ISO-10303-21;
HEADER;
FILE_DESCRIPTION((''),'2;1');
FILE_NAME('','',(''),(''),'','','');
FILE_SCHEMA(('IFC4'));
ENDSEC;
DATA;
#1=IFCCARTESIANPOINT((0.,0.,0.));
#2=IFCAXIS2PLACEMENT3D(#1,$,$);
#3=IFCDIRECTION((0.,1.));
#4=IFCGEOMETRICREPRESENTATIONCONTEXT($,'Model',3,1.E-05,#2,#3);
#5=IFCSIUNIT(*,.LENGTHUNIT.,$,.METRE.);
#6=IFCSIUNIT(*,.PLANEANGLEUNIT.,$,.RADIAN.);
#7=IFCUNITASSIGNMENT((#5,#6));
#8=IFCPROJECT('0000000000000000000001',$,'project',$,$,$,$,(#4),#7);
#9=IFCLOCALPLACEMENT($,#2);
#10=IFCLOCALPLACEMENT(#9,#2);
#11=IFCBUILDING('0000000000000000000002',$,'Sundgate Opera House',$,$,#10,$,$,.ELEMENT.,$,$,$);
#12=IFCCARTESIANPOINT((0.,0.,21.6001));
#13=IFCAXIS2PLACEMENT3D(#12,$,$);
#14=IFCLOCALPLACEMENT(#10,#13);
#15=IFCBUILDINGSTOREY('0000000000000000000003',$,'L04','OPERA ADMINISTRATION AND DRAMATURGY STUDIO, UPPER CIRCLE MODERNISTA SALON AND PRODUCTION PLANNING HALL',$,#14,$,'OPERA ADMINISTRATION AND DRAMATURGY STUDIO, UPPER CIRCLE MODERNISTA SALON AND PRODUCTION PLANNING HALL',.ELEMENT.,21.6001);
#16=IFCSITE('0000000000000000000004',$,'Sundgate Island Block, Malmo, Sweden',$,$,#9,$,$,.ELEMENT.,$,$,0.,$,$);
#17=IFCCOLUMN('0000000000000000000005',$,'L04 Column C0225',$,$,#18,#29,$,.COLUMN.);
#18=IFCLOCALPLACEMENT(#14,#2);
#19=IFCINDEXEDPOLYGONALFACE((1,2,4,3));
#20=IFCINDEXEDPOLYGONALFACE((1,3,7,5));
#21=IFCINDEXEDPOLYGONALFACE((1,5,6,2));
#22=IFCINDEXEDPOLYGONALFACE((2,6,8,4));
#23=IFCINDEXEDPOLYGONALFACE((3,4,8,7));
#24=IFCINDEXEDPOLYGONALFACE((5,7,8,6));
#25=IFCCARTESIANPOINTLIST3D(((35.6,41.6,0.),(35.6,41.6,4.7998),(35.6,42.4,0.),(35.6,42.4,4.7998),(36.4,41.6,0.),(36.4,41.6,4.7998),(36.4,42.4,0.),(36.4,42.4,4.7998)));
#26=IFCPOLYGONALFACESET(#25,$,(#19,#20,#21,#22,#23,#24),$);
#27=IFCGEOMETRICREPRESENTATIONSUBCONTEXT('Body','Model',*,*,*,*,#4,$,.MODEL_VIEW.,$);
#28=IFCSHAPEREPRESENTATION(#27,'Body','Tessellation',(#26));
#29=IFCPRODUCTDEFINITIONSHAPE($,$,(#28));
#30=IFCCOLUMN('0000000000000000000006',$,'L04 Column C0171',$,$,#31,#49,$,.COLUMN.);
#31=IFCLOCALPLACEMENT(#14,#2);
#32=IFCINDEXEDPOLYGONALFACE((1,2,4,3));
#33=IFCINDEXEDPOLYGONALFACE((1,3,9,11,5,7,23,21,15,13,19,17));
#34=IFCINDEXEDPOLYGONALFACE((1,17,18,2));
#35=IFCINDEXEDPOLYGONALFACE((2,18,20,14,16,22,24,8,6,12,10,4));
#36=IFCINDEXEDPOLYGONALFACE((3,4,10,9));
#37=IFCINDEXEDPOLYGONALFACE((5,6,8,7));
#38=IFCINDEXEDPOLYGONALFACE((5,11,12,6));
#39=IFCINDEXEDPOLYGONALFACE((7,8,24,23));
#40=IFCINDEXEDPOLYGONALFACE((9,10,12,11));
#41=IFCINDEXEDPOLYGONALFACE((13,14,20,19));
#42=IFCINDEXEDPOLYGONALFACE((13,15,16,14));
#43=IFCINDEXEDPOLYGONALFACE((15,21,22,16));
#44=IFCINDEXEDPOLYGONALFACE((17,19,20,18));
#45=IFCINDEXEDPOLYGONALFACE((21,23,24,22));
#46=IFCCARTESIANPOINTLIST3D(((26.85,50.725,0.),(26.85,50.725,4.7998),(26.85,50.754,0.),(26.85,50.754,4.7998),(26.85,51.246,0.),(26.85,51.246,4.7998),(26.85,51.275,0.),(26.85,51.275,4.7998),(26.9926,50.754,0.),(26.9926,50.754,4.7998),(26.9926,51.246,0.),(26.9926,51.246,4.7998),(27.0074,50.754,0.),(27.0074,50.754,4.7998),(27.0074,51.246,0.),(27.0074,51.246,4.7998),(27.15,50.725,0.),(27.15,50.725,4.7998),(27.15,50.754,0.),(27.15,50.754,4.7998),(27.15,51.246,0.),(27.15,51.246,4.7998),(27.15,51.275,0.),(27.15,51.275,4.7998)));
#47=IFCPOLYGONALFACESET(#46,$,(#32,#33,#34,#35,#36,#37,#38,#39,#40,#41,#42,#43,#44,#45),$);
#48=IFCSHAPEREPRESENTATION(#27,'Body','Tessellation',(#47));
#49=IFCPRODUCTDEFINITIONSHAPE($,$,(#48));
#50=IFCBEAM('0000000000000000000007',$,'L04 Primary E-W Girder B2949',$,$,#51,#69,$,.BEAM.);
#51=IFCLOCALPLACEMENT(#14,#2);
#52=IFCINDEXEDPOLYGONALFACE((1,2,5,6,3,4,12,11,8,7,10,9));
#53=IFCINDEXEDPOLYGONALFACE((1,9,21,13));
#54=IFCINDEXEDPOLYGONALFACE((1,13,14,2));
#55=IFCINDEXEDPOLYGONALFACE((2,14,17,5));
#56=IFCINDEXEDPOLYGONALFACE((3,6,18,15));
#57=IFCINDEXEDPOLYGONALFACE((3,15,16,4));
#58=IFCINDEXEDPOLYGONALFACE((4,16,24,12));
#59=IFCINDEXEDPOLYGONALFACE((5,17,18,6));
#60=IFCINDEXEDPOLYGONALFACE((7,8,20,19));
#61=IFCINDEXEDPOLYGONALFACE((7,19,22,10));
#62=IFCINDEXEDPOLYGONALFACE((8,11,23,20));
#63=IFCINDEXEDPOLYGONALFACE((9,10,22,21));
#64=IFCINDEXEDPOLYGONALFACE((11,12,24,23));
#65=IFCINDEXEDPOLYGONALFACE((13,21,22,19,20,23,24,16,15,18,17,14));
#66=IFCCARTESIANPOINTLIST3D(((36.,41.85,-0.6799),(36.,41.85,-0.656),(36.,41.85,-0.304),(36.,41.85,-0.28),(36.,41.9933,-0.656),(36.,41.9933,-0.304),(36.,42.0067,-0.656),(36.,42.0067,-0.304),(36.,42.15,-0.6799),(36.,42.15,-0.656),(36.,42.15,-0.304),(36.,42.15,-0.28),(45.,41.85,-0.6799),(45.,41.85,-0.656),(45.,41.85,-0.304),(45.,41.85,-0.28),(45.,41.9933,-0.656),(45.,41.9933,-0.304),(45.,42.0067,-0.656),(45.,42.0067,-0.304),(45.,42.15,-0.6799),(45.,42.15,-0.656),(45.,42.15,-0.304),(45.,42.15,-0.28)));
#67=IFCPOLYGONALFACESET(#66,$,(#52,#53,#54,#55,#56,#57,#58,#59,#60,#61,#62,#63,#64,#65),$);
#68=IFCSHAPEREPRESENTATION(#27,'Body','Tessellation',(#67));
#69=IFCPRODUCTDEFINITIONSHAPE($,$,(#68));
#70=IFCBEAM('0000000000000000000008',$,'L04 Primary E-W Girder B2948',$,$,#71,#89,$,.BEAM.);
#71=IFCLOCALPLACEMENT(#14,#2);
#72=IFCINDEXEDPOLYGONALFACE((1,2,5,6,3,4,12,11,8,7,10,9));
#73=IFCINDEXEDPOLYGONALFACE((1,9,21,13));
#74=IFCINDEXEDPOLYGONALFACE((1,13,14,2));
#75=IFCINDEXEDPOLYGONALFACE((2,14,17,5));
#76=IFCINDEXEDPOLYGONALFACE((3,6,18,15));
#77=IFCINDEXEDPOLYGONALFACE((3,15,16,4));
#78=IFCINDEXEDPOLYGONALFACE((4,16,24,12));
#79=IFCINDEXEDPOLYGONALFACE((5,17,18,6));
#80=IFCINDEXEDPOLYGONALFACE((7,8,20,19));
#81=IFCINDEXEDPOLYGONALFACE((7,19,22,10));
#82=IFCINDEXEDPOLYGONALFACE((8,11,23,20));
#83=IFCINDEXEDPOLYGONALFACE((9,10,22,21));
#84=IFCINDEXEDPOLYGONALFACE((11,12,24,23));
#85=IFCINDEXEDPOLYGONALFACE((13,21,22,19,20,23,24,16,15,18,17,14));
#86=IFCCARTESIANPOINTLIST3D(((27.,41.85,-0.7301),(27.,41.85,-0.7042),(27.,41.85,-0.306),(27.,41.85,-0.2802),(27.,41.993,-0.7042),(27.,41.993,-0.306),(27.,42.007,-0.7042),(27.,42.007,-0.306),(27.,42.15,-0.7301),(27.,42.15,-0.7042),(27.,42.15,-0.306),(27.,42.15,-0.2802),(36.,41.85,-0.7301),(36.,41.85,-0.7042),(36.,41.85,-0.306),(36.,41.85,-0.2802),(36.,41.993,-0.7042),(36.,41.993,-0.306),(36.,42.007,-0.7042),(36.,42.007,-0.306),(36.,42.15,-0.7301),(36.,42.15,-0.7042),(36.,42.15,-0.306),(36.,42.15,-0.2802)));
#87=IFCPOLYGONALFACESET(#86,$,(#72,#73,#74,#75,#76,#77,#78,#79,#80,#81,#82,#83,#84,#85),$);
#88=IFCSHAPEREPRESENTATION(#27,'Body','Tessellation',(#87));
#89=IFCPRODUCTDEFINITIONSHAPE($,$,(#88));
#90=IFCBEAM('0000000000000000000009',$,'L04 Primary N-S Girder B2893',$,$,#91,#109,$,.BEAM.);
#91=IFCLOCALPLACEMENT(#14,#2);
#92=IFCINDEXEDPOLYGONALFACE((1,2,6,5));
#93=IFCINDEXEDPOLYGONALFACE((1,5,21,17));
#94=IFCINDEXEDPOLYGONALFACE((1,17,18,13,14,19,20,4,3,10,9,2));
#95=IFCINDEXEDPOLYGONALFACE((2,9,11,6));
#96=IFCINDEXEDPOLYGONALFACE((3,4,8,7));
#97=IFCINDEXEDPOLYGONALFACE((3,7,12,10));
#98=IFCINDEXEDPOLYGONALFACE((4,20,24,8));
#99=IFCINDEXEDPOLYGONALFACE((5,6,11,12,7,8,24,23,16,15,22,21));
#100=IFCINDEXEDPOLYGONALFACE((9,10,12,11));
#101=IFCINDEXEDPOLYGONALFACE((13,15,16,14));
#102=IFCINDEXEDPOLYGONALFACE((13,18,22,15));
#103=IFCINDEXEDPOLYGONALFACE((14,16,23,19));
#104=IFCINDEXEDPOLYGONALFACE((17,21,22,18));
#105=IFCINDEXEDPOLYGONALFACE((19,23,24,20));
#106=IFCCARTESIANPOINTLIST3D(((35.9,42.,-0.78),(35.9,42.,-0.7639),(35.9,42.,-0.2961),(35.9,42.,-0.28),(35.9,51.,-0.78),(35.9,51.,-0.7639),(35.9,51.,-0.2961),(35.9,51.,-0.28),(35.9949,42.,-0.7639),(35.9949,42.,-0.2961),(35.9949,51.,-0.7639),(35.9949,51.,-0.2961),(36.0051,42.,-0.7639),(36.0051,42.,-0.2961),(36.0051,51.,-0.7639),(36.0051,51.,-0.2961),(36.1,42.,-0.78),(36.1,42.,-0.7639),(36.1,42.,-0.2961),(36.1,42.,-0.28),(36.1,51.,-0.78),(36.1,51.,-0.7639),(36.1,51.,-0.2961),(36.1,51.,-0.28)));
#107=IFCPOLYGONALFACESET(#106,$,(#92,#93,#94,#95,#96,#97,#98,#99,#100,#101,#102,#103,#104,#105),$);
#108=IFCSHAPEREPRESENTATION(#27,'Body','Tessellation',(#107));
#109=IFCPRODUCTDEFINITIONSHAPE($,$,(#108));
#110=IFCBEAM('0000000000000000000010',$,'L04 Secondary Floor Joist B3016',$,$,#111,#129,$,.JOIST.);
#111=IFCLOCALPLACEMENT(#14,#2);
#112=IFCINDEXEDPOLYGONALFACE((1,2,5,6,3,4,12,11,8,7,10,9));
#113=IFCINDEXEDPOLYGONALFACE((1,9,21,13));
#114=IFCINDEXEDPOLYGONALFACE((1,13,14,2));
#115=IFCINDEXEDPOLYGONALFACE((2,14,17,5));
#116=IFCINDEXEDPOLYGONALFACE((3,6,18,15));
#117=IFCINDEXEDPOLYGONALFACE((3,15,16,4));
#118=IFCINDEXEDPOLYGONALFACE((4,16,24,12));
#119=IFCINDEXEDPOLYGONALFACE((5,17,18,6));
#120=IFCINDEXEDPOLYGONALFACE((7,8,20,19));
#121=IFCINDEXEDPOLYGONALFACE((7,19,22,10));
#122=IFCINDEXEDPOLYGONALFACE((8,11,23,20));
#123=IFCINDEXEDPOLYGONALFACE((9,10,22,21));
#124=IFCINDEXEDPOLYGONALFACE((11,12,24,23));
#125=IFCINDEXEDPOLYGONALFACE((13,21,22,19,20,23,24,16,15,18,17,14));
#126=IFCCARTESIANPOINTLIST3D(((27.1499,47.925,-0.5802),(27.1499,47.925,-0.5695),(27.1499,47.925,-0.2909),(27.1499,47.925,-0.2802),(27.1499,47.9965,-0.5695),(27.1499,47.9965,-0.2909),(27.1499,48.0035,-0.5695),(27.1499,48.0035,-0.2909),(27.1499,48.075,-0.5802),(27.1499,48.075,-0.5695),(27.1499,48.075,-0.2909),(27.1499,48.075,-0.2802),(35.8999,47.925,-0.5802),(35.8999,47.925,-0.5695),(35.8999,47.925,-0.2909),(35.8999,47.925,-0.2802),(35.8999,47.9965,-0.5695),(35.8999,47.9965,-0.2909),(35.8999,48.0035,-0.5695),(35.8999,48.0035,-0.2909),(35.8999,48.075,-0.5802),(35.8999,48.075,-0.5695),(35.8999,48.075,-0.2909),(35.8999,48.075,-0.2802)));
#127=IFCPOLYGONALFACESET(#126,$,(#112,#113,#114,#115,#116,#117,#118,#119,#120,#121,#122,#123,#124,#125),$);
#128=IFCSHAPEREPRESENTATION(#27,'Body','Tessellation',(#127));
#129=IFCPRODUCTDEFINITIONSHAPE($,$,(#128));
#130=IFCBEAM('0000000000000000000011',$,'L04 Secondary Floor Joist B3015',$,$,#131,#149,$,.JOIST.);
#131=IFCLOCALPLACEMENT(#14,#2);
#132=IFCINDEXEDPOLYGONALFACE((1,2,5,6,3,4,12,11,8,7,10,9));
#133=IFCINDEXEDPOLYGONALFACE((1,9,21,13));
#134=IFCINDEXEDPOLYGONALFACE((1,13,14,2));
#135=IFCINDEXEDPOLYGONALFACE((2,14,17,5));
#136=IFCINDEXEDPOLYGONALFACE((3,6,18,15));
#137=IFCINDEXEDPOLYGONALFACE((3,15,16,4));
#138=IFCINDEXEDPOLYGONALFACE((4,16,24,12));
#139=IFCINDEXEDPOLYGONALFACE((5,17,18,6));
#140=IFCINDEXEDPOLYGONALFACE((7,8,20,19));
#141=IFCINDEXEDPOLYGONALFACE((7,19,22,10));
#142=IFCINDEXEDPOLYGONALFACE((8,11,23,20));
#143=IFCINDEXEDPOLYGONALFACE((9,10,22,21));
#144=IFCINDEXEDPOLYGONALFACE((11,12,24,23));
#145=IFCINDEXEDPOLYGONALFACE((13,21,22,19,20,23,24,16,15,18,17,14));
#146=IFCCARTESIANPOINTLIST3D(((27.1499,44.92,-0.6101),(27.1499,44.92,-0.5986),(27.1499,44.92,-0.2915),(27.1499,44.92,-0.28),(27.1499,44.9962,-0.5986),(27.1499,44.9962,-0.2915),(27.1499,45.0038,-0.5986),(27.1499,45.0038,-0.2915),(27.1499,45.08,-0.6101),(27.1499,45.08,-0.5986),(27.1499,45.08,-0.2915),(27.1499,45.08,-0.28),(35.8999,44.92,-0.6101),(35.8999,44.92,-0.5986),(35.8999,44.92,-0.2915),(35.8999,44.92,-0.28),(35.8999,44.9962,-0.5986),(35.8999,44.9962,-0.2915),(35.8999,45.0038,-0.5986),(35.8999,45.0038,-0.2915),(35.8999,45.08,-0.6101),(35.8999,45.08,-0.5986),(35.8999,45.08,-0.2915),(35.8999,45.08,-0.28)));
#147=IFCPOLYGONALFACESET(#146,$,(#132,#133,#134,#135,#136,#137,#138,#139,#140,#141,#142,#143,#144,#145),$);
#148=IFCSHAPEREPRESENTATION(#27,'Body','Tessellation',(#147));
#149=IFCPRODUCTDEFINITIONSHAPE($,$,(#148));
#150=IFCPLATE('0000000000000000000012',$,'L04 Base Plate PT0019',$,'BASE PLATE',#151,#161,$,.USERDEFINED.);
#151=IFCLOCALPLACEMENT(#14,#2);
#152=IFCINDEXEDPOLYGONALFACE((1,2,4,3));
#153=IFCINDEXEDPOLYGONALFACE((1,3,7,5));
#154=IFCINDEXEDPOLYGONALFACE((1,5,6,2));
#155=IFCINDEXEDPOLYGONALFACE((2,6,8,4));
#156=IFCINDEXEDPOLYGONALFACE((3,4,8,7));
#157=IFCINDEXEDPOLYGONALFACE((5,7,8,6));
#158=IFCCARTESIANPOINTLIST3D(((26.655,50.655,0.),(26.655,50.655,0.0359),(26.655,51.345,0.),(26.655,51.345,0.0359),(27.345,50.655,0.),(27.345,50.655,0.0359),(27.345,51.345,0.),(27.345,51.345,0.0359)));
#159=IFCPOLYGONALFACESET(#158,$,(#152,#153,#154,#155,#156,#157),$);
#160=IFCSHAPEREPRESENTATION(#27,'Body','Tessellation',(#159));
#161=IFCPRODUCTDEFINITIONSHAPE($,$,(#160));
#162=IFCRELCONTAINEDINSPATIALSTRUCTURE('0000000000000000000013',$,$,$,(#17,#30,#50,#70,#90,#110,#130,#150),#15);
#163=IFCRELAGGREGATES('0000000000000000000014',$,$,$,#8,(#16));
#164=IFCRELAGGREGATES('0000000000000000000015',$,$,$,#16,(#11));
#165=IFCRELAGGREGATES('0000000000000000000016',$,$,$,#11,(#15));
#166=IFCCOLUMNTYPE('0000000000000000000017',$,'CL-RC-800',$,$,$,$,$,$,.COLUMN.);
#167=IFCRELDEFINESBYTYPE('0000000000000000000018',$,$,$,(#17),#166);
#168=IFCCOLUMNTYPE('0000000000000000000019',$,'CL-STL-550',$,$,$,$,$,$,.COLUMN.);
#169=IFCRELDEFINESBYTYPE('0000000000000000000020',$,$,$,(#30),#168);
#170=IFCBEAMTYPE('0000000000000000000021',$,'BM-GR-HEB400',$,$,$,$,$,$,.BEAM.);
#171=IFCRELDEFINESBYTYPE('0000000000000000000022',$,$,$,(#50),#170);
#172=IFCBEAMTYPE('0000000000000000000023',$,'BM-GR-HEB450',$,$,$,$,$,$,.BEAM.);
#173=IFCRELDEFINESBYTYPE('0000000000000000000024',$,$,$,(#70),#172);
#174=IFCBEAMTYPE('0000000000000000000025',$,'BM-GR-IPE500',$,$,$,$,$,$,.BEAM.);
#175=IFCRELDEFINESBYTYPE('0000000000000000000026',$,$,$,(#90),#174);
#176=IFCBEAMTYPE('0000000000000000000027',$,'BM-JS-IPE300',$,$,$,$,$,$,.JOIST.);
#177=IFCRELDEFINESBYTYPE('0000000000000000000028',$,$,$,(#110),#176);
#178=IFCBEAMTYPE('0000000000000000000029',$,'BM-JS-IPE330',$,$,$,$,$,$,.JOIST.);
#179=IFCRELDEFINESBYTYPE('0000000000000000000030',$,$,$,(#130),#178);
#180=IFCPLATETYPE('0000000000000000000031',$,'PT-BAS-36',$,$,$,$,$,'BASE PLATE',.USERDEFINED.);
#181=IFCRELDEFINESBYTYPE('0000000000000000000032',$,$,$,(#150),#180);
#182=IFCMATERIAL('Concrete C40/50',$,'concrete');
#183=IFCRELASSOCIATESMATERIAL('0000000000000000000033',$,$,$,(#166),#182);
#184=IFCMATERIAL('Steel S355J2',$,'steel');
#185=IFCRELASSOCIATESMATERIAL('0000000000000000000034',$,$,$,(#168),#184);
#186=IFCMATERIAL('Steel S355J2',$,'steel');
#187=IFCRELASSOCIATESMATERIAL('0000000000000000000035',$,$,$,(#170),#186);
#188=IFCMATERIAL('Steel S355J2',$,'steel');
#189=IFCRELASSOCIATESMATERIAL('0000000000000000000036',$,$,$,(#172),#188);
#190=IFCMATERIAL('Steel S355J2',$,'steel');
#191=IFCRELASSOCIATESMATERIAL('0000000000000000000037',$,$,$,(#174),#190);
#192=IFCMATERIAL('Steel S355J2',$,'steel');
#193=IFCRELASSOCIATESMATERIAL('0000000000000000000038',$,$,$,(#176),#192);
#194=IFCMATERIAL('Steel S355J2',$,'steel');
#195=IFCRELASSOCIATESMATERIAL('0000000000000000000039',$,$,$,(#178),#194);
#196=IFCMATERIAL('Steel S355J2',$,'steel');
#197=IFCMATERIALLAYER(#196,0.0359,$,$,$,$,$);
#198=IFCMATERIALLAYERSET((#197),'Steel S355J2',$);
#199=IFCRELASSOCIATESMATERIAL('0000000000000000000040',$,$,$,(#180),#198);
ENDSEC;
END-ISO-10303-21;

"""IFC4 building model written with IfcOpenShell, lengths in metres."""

from ifc_helpers import new_model, si_unit, direction, frame, origin, origin_2d, place, context, subcontext, project, spatial, rectangle, i_section, extrude, material, layer, layer_set, material_profile, profile_set, type_object, element, save


model = new_model("IFC4")

# Units and contexts
model_context = context("Model", 3, precision=1e-05, world=origin(), true_north=direction((0.0, 1.0)))
body_context = subcontext(model_context, "Body", "Model", "MODEL_VIEW")
ifc_project = project(units=[si_unit("LENGTHUNIT", "METRE"), si_unit("PLANEANGLEUNIT", "RADIAN")], contexts=[model_context])

# Site, building, storey
site_placement = place(None, origin())
site = spatial("IfcSite", under=ifc_project, at=site_placement, Name="Sundgate Island Block, Malmo, Sweden", CompositionType="ELEMENT", RefElevation=0.0)
building_placement = place(site_placement, origin())
building = spatial("IfcBuilding", under=site, at=building_placement, Name="Sundgate Opera House", CompositionType="ELEMENT")
storey_placement = place(building_placement, frame((0.0, 0.0, 21.6001)))
storey = spatial("IfcBuildingStorey", under=building, at=storey_placement, Name="L04", Description="OPERA ADMINISTRATION AND DRAMATURGY STUDIO, UPPER CIRCLE MODERNISTA SALON AND PRODUCTION PLANNING HALL", LongName="OPERA ADMINISTRATION AND DRAMATURGY STUDIO, UPPER CIRCLE MODERNISTA SALON AND PRODUCTION PLANNING HALL", CompositionType="ELEMENT", Elevation=21.6001)

# Columns
ifc_material_1 = material(Name="Concrete C40/50", Category="concrete")
ifc_material_profile_1 = material_profile(ifc_material_1, rectangle(XDim=0.8, YDim=0.8, at=origin_2d()), Name="RC 800x800")
ifc_profile_set_1 = profile_set([ifc_material_profile_1], Name="Concrete C40/50")
column_type_1 = type_object("IfcColumnType", Name="CL-RC-800", PredefinedType="COLUMN", material=ifc_profile_set_1)
column_1_placement = place(storey_placement, frame((36.0, 42.0, 0.0), z_axis=(0.0, 0.0, 1.0), x_axis=(1.0, 0.0, 0.0)))
element("IfcColumn", 1, at=column_1_placement, inside=storey, type_object=column_type_1, Name="L04 Column C0225", PredefinedType="COLUMN", context=body_context, shape_type="SweptSolid", body=[
    extrude(rectangle(XDim=0.8, YDim=0.8, at=origin_2d()), origin(), (0.0, 0.0, 1.0), 4.7998),
])
ifc_material_2 = material(Name="Steel S355J2", Category="steel")
ifc_material_profile_2 = material_profile(ifc_material_2, i_section(OverallWidth=0.3, OverallDepth=0.55, WebThickness=0.0149, FlangeThickness=0.0291, at=origin_2d()), Name="HEB 550")
ifc_profile_set_2 = profile_set([ifc_material_profile_2], Name="Steel S355J2")
column_type_2 = type_object("IfcColumnType", Name="CL-STL-550", PredefinedType="COLUMN", material=ifc_profile_set_2)
column_2_placement = place(storey_placement, frame((27.0, 51.0, 0.0), z_axis=(0.0, 0.0, 1.0), x_axis=(1.0, 0.0, 0.0)))
element("IfcColumn", 2, at=column_2_placement, inside=storey, type_object=column_type_2, Name="L04 Column C0171", PredefinedType="COLUMN", context=body_context, shape_type="SweptSolid", body=[
    extrude(i_section(OverallWidth=0.3, OverallDepth=0.55, WebThickness=0.0149, FlangeThickness=0.0291, at=origin_2d()), origin(), (0.0, 0.0, 1.0), 4.7998),
])

# Beams
ifc_material_3 = material(Name="Steel S355J2", Category="steel")
ifc_material_profile_3 = material_profile(ifc_material_3, i_section(OverallWidth=0.3, OverallDepth=0.3999, WebThickness=0.0134, FlangeThickness=0.0239, at=origin_2d()), Name="HEB 400")
ifc_profile_set_3 = profile_set([ifc_material_profile_3], Name="Steel S355J2")
beam_type_1 = type_object("IfcBeamType", Name="BM-GR-HEB400", PredefinedType="BEAM", material=ifc_profile_set_3)
beam_1_placement = place(storey_placement, frame((36.0, 42.0, -0.48), z_axis=(1.0, 0.0, 0.0), x_axis=(0.0, 1.0, 0.0)))
element("IfcBeam", 3, at=beam_1_placement, inside=storey, type_object=beam_type_1, Name="L04 Primary E-W Girder B2949", PredefinedType="BEAM", context=body_context, shape_type="SweptSolid", body=[
    extrude(i_section(OverallWidth=0.3, OverallDepth=0.3999, WebThickness=0.0134, FlangeThickness=0.0239, at=origin_2d()), origin(), (0.0, 0.0, 1.0), 9.0),
])
ifc_material_4 = material(Name="Steel S355J2", Category="steel")
ifc_material_profile_4 = material_profile(ifc_material_4, i_section(OverallWidth=0.3, OverallDepth=0.45, WebThickness=0.0139, FlangeThickness=0.0259, at=origin_2d()), Name="HEB 450")
ifc_profile_set_4 = profile_set([ifc_material_profile_4], Name="Steel S355J2")
beam_type_2 = type_object("IfcBeamType", Name="BM-GR-HEB450", PredefinedType="BEAM", material=ifc_profile_set_4)
beam_2_placement = place(storey_placement, frame((27.0, 42.0, -0.5051), z_axis=(1.0, 0.0, 0.0), x_axis=(0.0, 1.0, 0.0)))
element("IfcBeam", 4, at=beam_2_placement, inside=storey, type_object=beam_type_2, Name="L04 Primary E-W Girder B2948", PredefinedType="BEAM", context=body_context, shape_type="SweptSolid", body=[
    extrude(i_section(OverallWidth=0.3, OverallDepth=0.45, WebThickness=0.0139, FlangeThickness=0.0259, at=origin_2d()), origin(), (0.0, 0.0, 1.0), 9.0),
])
ifc_material_5 = material(Name="Steel S355J2", Category="steel")
ifc_material_profile_5 = material_profile(ifc_material_5, i_section(OverallWidth=0.2, OverallDepth=0.5, WebThickness=0.0103, FlangeThickness=0.0161, at=origin_2d()), Name="IPE 500")
ifc_profile_set_5 = profile_set([ifc_material_profile_5], Name="Steel S355J2")
beam_type_3 = type_object("IfcBeamType", Name="BM-GR-IPE500", PredefinedType="BEAM", material=ifc_profile_set_5)
beam_3_placement = place(storey_placement, frame((36.0, 42.0, -0.53), z_axis=(0.0, 1.0, 0.0), x_axis=(-1.0, 0.0, 0.0)))
element("IfcBeam", 5, at=beam_3_placement, inside=storey, type_object=beam_type_3, Name="L04 Primary N-S Girder B2893", PredefinedType="BEAM", context=body_context, shape_type="SweptSolid", body=[
    extrude(i_section(OverallWidth=0.2, OverallDepth=0.5, WebThickness=0.0103, FlangeThickness=0.0161, at=origin_2d()), origin(), (0.0, 0.0, 1.0), 9.0),
])
ifc_material_6 = material(Name="Steel S355J2", Category="steel")
ifc_material_profile_6 = material_profile(ifc_material_6, i_section(OverallWidth=0.1499, OverallDepth=0.3, WebThickness=0.0071, FlangeThickness=0.0107, at=origin_2d()), Name="IPE 300")
ifc_profile_set_6 = profile_set([ifc_material_profile_6], Name="Steel S355J2")
beam_type_4 = type_object("IfcBeamType", Name="BM-JS-IPE300", PredefinedType="JOIST", material=ifc_profile_set_6)
beam_4_placement = place(storey_placement, frame((27.1499, 48.0, -0.4302), z_axis=(1.0, 0.0, 0.0), x_axis=(0.0, 1.0, 0.0)))
element("IfcBeam", 6, at=beam_4_placement, inside=storey, type_object=beam_type_4, Name="L04 Secondary Floor Joist B3016", PredefinedType="JOIST", context=body_context, shape_type="SweptSolid", body=[
    extrude(i_section(OverallWidth=0.1499, OverallDepth=0.3, WebThickness=0.0071, FlangeThickness=0.0107, at=origin_2d()), origin(), (0.0, 0.0, 1.0), 8.75),
])
ifc_material_7 = material(Name="Steel S355J2", Category="steel")
ifc_material_profile_7 = material_profile(ifc_material_7, i_section(OverallWidth=0.1599, OverallDepth=0.3301, WebThickness=0.0076, FlangeThickness=0.0115, at=origin_2d()), Name="IPE 330")
ifc_profile_set_7 = profile_set([ifc_material_profile_7], Name="Steel S355J2")
beam_type_5 = type_object("IfcBeamType", Name="BM-JS-IPE330", PredefinedType="JOIST", material=ifc_profile_set_7)
beam_5_placement = place(storey_placement, frame((27.1499, 45.0, -0.4451), z_axis=(1.0, 0.0, 0.0), x_axis=(0.0, 1.0, 0.0)))
element("IfcBeam", 7, at=beam_5_placement, inside=storey, type_object=beam_type_5, Name="L04 Secondary Floor Joist B3015", PredefinedType="JOIST", context=body_context, shape_type="SweptSolid", body=[
    extrude(i_section(OverallWidth=0.1599, OverallDepth=0.3301, WebThickness=0.0076, FlangeThickness=0.0115, at=origin_2d()), origin(), (0.0, 0.0, 1.0), 8.75),
])

# Plate
ifc_material_8 = material(Name="Steel S355J2", Category="steel")
ifc_layer_1 = layer(ifc_material_8, 0.0359)
ifc_layer_set_1 = layer_set([ifc_layer_1], Name="Steel S355J2")
plate_type = type_object("IfcPlateType", Name="PT-BAS-36", ElementType="BASE PLATE", PredefinedType="USERDEFINED", material=ifc_layer_set_1)
plate_placement = place(storey_placement, frame((27.0, 51.0, 0.0), z_axis=(0.0, 0.0, 1.0), x_axis=(1.0, 0.0, 0.0)))
element("IfcPlate", 8, at=plate_placement, inside=storey, type_object=plate_type, Name="L04 Base Plate PT0019", ObjectType="BASE PLATE", PredefinedType="USERDEFINED", context=body_context, shape_type="SweptSolid", body=[
    extrude(rectangle(XDim=0.6899, YDim=0.6899, at=origin_2d()), origin(), (0.0, 0.0, 1.0), 0.0359),
])

save(model, "model.ifc")
